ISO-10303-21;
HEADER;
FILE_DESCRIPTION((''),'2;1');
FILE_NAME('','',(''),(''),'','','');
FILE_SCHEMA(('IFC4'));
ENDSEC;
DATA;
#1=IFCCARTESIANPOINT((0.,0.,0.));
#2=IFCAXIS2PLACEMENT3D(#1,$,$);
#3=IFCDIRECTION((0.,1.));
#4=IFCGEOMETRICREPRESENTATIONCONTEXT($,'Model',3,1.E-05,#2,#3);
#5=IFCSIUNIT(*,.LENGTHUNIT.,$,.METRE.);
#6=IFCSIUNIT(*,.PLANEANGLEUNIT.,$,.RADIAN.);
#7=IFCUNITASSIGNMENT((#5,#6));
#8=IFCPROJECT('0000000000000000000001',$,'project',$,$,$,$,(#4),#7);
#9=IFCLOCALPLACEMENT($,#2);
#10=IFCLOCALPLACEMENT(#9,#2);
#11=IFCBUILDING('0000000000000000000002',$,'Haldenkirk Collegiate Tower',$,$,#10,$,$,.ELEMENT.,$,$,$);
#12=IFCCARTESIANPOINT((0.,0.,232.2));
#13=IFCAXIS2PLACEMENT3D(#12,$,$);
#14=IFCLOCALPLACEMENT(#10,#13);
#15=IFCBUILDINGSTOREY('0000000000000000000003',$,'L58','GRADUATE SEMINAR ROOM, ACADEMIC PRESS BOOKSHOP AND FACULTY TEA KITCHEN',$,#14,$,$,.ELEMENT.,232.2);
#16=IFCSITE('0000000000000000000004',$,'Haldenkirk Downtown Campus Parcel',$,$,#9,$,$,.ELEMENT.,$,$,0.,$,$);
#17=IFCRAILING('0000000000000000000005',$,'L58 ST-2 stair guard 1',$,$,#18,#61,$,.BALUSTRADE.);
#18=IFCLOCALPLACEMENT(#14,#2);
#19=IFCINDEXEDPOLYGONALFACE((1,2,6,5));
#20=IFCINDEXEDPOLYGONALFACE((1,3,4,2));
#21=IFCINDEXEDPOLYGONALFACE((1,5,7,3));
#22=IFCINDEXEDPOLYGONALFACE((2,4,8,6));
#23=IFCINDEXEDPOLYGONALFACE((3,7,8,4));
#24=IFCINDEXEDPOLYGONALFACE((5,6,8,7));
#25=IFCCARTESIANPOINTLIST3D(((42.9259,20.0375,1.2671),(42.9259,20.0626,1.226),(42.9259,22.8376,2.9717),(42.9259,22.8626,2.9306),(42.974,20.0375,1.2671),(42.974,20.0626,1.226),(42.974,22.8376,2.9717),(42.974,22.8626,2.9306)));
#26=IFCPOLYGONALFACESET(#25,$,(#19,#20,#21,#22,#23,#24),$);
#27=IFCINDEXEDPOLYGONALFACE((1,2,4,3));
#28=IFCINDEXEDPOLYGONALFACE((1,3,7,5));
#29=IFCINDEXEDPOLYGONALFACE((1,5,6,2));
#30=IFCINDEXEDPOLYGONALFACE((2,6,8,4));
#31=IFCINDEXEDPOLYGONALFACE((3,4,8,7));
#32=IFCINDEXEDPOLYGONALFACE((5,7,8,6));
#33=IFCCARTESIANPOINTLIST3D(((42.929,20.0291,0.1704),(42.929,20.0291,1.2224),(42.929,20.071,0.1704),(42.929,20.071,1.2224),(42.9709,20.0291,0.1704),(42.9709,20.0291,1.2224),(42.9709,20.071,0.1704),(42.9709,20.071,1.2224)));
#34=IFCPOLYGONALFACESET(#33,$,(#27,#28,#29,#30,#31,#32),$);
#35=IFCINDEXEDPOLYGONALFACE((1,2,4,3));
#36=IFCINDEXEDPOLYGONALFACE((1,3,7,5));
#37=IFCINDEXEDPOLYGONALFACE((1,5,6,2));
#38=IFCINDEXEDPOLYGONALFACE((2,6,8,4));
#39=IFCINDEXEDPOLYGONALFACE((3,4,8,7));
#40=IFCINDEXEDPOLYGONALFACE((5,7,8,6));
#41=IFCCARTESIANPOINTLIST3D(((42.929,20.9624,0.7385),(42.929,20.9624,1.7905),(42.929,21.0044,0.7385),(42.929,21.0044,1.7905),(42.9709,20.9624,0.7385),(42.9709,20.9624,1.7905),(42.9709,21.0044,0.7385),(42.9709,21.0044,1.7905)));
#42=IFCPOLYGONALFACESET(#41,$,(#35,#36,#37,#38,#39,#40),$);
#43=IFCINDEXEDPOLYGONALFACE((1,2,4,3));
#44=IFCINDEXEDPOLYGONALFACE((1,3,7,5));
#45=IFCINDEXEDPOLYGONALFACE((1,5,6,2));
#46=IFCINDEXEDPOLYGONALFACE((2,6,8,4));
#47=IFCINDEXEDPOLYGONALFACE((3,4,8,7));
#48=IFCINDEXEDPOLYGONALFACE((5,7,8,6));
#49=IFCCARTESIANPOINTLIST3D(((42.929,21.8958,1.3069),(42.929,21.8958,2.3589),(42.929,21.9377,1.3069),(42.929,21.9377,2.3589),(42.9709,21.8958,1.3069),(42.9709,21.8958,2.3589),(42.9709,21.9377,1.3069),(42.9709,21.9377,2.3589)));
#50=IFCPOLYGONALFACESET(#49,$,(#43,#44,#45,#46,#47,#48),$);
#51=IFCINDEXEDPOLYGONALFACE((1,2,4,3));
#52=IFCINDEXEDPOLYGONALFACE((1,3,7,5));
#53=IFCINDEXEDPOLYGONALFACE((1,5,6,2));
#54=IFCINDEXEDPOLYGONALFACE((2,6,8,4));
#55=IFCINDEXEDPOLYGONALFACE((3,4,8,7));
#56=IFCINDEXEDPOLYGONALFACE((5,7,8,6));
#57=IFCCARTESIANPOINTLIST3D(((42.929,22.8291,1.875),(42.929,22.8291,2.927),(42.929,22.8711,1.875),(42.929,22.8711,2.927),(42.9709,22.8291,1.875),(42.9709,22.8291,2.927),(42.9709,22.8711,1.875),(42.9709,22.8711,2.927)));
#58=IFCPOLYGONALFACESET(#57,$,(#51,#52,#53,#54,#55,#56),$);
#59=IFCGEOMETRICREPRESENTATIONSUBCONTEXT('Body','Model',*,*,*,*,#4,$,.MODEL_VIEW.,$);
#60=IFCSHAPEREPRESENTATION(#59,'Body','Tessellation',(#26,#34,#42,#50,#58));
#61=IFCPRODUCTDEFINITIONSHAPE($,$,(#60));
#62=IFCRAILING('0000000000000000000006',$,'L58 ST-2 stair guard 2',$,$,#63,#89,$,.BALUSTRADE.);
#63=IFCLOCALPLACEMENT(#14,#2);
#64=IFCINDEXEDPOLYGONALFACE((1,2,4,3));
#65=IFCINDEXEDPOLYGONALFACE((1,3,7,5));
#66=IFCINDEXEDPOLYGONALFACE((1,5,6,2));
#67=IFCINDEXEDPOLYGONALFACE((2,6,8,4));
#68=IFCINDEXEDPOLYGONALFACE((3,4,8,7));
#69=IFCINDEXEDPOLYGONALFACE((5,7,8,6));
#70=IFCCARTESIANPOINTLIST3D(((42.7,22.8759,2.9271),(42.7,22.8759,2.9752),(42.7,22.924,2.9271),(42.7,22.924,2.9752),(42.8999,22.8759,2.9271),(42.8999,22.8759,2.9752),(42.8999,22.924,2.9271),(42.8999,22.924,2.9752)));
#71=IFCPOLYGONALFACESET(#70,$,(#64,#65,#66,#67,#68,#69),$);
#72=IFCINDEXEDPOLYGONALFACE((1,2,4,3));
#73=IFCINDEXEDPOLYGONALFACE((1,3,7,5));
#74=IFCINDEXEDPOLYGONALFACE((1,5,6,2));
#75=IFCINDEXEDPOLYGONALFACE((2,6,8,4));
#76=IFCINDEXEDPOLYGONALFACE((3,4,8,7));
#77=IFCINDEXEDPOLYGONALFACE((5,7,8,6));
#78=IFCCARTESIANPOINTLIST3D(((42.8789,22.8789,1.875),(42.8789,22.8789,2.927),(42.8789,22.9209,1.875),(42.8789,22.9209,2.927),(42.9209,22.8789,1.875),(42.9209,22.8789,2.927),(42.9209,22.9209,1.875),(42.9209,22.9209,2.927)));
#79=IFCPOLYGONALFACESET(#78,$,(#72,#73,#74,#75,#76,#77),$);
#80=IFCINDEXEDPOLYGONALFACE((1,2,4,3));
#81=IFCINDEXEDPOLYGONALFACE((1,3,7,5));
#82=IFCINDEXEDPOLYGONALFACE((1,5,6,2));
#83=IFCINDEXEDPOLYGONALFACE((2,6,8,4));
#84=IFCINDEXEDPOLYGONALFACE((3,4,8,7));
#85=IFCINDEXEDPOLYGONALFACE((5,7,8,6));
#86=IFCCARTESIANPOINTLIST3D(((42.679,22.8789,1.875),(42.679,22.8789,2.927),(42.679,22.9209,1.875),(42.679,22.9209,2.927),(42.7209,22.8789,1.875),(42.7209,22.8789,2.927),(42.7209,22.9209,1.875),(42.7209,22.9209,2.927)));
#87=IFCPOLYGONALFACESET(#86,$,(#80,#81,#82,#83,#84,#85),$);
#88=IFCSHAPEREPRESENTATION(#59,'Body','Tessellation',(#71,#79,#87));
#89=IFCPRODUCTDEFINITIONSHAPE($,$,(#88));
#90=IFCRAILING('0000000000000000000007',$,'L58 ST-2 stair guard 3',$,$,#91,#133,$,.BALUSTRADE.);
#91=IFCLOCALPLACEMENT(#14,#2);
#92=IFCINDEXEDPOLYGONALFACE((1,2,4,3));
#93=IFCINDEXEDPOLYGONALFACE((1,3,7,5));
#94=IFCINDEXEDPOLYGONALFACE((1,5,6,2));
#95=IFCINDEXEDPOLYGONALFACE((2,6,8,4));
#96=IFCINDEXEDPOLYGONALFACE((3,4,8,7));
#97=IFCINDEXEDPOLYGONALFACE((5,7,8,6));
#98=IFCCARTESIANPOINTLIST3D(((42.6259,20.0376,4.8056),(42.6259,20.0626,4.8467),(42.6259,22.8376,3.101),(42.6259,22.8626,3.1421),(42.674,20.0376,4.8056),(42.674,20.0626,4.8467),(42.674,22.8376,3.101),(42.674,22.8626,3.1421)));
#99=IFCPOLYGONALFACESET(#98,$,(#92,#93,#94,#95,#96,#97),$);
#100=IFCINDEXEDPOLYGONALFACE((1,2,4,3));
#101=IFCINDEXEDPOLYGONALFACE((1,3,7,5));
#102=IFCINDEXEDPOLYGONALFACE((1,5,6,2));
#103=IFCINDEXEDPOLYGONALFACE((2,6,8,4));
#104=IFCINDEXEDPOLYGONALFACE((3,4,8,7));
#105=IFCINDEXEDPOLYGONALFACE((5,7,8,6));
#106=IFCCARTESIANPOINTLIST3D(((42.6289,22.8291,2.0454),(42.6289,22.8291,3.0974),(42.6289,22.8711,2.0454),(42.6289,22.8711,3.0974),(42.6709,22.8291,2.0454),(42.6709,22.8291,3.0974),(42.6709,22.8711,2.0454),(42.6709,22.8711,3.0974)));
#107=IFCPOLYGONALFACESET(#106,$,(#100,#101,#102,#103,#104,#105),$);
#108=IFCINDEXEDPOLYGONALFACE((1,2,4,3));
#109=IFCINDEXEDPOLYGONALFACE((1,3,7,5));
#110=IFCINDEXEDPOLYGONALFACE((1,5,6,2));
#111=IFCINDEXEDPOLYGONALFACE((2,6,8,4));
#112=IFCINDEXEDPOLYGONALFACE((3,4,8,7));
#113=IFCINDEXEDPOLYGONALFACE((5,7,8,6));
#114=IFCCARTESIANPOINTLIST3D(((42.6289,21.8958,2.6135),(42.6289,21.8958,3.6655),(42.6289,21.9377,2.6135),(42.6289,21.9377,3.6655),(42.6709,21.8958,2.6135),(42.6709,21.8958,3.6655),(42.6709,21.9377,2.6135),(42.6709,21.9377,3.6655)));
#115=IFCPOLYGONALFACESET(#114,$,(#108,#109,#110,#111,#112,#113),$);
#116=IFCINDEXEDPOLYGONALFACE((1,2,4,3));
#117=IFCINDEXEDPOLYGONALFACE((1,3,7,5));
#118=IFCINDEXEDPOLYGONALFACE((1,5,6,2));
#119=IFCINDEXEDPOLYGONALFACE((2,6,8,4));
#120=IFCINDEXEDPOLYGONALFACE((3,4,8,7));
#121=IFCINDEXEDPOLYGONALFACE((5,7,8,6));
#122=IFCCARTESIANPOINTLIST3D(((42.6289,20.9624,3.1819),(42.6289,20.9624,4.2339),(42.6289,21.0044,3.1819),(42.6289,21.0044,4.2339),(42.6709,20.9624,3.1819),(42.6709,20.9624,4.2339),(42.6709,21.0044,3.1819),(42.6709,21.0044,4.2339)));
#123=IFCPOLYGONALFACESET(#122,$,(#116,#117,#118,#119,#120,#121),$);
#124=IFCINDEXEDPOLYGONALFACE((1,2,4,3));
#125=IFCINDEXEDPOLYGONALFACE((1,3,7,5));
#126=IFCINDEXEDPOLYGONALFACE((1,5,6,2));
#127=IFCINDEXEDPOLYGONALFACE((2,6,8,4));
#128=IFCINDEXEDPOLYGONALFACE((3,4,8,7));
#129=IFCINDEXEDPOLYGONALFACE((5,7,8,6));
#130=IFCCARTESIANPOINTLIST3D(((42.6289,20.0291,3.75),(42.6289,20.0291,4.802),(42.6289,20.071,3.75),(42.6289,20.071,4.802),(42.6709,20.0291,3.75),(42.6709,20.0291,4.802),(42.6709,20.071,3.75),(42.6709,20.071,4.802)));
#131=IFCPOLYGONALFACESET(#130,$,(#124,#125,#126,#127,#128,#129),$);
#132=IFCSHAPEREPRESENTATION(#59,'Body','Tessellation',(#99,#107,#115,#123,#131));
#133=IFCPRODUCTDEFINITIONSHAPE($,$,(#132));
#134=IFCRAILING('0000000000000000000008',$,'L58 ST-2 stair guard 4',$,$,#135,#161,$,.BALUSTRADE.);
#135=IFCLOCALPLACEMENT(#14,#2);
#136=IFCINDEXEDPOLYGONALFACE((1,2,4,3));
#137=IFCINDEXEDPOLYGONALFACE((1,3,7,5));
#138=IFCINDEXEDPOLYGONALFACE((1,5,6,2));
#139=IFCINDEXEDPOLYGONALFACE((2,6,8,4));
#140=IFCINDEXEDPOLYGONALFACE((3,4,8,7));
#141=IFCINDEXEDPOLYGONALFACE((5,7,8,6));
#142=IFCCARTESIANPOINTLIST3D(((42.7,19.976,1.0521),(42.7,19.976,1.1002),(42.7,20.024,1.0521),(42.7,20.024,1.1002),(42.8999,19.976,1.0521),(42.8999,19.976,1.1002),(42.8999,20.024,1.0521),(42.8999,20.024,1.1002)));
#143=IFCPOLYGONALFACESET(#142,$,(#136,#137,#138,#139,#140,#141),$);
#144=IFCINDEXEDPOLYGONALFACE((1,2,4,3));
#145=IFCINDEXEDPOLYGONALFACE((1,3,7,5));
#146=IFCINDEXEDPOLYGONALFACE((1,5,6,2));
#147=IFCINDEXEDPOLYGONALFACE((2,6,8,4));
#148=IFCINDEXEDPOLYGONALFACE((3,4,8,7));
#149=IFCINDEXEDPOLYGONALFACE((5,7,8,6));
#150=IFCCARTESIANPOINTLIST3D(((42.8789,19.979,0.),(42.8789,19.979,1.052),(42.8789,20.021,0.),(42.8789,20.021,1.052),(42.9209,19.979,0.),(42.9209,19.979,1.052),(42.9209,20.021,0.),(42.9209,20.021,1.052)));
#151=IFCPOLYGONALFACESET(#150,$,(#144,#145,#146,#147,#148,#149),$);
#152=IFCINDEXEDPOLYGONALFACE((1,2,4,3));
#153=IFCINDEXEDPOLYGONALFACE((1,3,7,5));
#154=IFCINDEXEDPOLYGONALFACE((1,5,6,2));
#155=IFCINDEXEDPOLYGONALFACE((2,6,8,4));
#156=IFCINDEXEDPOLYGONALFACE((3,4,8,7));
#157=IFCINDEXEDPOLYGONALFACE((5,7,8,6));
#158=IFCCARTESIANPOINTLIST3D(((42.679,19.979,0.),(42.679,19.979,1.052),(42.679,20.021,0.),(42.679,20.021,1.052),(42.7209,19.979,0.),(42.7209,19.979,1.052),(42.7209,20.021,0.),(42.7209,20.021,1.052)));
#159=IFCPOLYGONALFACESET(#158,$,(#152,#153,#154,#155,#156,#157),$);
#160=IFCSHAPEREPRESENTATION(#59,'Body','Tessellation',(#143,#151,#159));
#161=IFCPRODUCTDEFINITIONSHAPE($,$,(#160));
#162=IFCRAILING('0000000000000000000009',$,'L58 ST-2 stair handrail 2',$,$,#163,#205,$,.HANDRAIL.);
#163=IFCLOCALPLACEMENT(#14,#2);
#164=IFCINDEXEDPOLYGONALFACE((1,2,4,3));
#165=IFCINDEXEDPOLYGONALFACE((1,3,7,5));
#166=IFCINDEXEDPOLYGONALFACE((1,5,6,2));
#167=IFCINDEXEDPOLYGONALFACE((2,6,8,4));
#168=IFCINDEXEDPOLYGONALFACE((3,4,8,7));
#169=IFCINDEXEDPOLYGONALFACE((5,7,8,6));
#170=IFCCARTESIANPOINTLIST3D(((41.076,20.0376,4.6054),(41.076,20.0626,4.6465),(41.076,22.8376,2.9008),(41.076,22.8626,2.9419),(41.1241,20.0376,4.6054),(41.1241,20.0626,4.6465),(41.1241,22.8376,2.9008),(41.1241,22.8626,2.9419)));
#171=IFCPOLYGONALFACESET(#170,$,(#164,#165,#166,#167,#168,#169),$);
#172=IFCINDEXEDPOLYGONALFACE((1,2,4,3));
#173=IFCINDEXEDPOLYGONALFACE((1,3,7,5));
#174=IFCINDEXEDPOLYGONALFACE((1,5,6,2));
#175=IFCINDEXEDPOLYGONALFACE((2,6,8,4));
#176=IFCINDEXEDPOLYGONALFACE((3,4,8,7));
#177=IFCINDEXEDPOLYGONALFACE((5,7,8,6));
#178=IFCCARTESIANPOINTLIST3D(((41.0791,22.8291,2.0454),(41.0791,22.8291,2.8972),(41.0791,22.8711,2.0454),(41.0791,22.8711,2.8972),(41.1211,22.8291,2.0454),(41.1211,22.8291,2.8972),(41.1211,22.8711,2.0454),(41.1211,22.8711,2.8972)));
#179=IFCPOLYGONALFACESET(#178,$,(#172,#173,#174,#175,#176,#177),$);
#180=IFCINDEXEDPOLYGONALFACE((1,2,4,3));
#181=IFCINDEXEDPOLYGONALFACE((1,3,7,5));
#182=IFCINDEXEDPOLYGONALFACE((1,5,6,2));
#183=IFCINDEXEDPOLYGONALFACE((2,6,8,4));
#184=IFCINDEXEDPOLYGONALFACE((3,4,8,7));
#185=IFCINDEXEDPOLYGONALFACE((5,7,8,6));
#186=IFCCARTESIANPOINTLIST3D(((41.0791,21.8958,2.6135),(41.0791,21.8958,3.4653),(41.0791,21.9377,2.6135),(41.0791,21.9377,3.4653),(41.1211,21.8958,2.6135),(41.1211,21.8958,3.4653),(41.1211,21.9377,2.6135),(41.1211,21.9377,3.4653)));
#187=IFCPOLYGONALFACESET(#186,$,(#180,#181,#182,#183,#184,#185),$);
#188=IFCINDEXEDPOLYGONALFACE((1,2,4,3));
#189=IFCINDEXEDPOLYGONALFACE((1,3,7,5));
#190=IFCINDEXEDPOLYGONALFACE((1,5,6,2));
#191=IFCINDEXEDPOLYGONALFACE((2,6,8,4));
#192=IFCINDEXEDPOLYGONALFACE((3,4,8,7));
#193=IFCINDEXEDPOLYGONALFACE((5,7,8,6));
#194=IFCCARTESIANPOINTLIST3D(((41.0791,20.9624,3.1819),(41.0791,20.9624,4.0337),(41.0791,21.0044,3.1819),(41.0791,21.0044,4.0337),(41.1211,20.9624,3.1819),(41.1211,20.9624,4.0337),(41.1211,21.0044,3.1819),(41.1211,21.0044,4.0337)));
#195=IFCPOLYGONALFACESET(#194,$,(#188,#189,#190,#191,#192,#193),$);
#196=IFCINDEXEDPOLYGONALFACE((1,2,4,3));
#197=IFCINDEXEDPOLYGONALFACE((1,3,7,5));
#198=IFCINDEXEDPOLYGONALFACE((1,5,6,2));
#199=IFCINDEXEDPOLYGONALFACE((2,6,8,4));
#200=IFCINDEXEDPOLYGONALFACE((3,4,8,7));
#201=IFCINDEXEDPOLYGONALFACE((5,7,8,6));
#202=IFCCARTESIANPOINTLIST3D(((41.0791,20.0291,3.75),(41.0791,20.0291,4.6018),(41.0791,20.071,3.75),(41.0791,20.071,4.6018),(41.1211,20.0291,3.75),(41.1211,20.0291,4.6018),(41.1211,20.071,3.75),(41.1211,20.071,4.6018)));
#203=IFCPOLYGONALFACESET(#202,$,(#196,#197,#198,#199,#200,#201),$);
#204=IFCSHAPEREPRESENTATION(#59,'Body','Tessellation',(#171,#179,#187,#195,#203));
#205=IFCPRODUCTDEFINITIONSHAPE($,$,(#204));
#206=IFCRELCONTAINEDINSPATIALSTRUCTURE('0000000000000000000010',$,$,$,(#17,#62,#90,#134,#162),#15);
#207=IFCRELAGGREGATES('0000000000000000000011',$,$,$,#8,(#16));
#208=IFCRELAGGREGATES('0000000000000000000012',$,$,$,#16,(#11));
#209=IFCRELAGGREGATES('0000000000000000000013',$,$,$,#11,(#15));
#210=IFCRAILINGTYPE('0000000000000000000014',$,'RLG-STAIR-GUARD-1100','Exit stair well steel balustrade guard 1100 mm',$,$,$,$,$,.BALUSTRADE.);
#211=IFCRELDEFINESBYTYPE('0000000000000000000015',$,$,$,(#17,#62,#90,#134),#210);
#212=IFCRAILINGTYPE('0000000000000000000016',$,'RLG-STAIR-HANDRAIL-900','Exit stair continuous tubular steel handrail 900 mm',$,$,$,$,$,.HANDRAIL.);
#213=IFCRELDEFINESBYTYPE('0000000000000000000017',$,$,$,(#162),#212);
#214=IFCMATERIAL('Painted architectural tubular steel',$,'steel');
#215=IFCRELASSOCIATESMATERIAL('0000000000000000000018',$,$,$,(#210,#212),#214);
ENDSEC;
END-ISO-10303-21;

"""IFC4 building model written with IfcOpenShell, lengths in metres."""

from ifc_helpers import new_model, si_unit, direction, frame, origin, origin_2d, place, context, subcontext, project, spatial, rectangle, extrude, material, type_object, element, save


model = new_model("IFC4")

# Units and contexts
model_context = context("Model", 3, precision=1e-05, world=origin(), true_north=direction((0.0, 1.0)))
body_context = subcontext(model_context, "Body", "Model", "MODEL_VIEW")
ifc_project = project(units=[si_unit("LENGTHUNIT", "METRE"), si_unit("PLANEANGLEUNIT", "RADIAN")], contexts=[model_context])

# Site, building, storey
site_placement = place(None, origin())
site = spatial("IfcSite", under=ifc_project, at=site_placement, Name="Haldenkirk Downtown Campus Parcel", CompositionType="ELEMENT", RefElevation=0.0)
building_placement = place(site_placement, origin())
building = spatial("IfcBuilding", under=site, at=building_placement, Name="Haldenkirk Collegiate Tower", CompositionType="ELEMENT")
storey_placement = place(building_placement, frame((0.0, 0.0, 232.2)))
storey = spatial("IfcBuildingStorey", under=building, at=storey_placement, Name="L58", Description="GRADUATE SEMINAR ROOM, ACADEMIC PRESS BOOKSHOP AND FACULTY TEA KITCHEN", CompositionType="ELEMENT", Elevation=232.2)

# Railings
ifc_material_1 = material(Name="Painted architectural tubular steel", Category="steel")
railing_type_1 = type_object("IfcRailingType", Name="RLG-STAIR-GUARD-1100", Description="Exit stair well steel balustrade guard 1100 mm", PredefinedType="BALUSTRADE", material=ifc_material_1)
railing_1_placement = place(storey_placement, frame((42.95, 20.05, 0.1704)))
element("IfcRailing", 1, at=railing_1_placement, inside=storey, type_object=railing_type_1, Name="L58 ST-2 stair guard 1", PredefinedType="BALUSTRADE", context=body_context, shape_type="SweptSolid", body=[
    extrude(rectangle(XDim=0.0481, YDim=0.0481, at=origin_2d()), frame((0.0, 0.0, 1.0762), z_axis=(0.0, 0.85417, 0.519994), x_axis=(-1.0, 0.0, 0.0)), (0.0, 0.0, 1.0), 3.2781),
    extrude(rectangle(XDim=0.042, YDim=0.042, at=origin_2d()), origin(), (0.0, 0.0, 1.0), 1.052),
    extrude(rectangle(XDim=0.042, YDim=0.042, at=origin_2d()), frame((0.0, 0.9333, 0.5681)), (0.0, 0.0, 1.0), 1.052),
    extrude(rectangle(XDim=0.042, YDim=0.042, at=origin_2d()), frame((0.0, 1.8667, 1.1365)), (0.0, 0.0, 1.0), 1.052),
    extrude(rectangle(XDim=0.042, YDim=0.042, at=origin_2d()), frame((0.0, 2.8, 1.7046)), (0.0, 0.0, 1.0), 1.052),
])
railing_2_placement = place(storey_placement, frame((42.8999, 22.8999, 1.875)))
element("IfcRailing", 2, at=railing_2_placement, inside=storey, type_object=railing_type_1, Name="L58 ST-2 stair guard 2", PredefinedType="BALUSTRADE", context=body_context, shape_type="SweptSolid", body=[
    extrude(rectangle(XDim=0.0481, YDim=0.0481, at=origin_2d()), frame((0.0, 0.0, 1.0762), z_axis=(-1.0, 0.0, 0.0), x_axis=(0.0, -1.0, 0.0)), (0.0, 0.0, 1.0), 0.2),
    extrude(rectangle(XDim=0.042, YDim=0.042, at=origin_2d()), origin(), (0.0, 0.0, 1.0), 1.052),
    extrude(rectangle(XDim=0.042, YDim=0.042, at=origin_2d()), frame((-0.2, 0.0, 0.0)), (0.0, 0.0, 1.0), 1.052),
])
railing_3_placement = place(storey_placement, frame((42.6499, 22.8501, 2.0454)))
element("IfcRailing", 3, at=railing_3_placement, inside=storey, type_object=railing_type_1, Name="L58 ST-2 stair guard 3", PredefinedType="BALUSTRADE", context=body_context, shape_type="SweptSolid", body=[
    extrude(rectangle(XDim=0.0481, YDim=0.0481, at=origin_2d()), frame((0.0, 0.0, 1.0762), z_axis=(0.0, -0.85417, 0.519994), x_axis=(1.0, 0.0, 0.0)), (0.0, 0.0, 1.0), 3.2781),
    extrude(rectangle(XDim=0.042, YDim=0.042, at=origin_2d()), origin(), (0.0, 0.0, 1.0), 1.052),
    extrude(rectangle(XDim=0.042, YDim=0.042, at=origin_2d()), frame((0.0, -0.9333, 0.5681)), (0.0, 0.0, 1.0), 1.052),
    extrude(rectangle(XDim=0.042, YDim=0.042, at=origin_2d()), frame((0.0, -1.8667, 1.1365)), (0.0, 0.0, 1.0), 1.052),
    extrude(rectangle(XDim=0.042, YDim=0.042, at=origin_2d()), frame((0.0, -2.8, 1.7046)), (0.0, 0.0, 1.0), 1.052),
])
railing_4_placement = place(storey_placement, frame((42.8999, 20.0, 0.0)))
element("IfcRailing", 4, at=railing_4_placement, inside=storey, type_object=railing_type_1, Name="L58 ST-2 stair guard 4", PredefinedType="BALUSTRADE", context=body_context, shape_type="SweptSolid", body=[
    extrude(rectangle(XDim=0.0481, YDim=0.0481, at=origin_2d()), frame((0.0, 0.0, 1.0762), z_axis=(-1.0, 0.0, 0.0), x_axis=(0.0, -1.0, 0.0)), (0.0, 0.0, 1.0), 0.2),
    extrude(rectangle(XDim=0.042, YDim=0.042, at=origin_2d()), origin(), (0.0, 0.0, 1.0), 1.052),
    extrude(rectangle(XDim=0.042, YDim=0.042, at=origin_2d()), frame((-0.2, 0.0, 0.0)), (0.0, 0.0, 1.0), 1.052),
])
railing_type_2 = type_object("IfcRailingType", Name="RLG-STAIR-HANDRAIL-900", Description="Exit stair continuous tubular steel handrail 900 mm", PredefinedType="HANDRAIL", material=ifc_material_1)
railing_5_placement = place(storey_placement, frame((41.1001, 22.8501, 2.0454)))
element("IfcRailing", 5, at=railing_5_placement, inside=storey, type_object=railing_type_2, Name="L58 ST-2 stair handrail 2", PredefinedType="HANDRAIL", context=body_context, shape_type="SweptSolid", body=[
    extrude(rectangle(XDim=0.0481, YDim=0.0481, at=origin_2d()), frame((0.0, 0.0, 0.876), z_axis=(0.0, -0.85417, 0.519994), x_axis=(1.0, 0.0, 0.0)), (0.0, 0.0, 1.0), 3.2781),
    extrude(rectangle(XDim=0.042, YDim=0.042, at=origin_2d()), origin(), (0.0, 0.0, 1.0), 0.8518),
    extrude(rectangle(XDim=0.042, YDim=0.042, at=origin_2d()), frame((0.0, -0.9333, 0.5681)), (0.0, 0.0, 1.0), 0.8518),
    extrude(rectangle(XDim=0.042, YDim=0.042, at=origin_2d()), frame((0.0, -1.8667, 1.1365)), (0.0, 0.0, 1.0), 0.8518),
    extrude(rectangle(XDim=0.042, YDim=0.042, at=origin_2d()), frame((0.0, -2.8, 1.7046)), (0.0, 0.0, 1.0), 0.8518),
])

save(model, "model.ifc")
